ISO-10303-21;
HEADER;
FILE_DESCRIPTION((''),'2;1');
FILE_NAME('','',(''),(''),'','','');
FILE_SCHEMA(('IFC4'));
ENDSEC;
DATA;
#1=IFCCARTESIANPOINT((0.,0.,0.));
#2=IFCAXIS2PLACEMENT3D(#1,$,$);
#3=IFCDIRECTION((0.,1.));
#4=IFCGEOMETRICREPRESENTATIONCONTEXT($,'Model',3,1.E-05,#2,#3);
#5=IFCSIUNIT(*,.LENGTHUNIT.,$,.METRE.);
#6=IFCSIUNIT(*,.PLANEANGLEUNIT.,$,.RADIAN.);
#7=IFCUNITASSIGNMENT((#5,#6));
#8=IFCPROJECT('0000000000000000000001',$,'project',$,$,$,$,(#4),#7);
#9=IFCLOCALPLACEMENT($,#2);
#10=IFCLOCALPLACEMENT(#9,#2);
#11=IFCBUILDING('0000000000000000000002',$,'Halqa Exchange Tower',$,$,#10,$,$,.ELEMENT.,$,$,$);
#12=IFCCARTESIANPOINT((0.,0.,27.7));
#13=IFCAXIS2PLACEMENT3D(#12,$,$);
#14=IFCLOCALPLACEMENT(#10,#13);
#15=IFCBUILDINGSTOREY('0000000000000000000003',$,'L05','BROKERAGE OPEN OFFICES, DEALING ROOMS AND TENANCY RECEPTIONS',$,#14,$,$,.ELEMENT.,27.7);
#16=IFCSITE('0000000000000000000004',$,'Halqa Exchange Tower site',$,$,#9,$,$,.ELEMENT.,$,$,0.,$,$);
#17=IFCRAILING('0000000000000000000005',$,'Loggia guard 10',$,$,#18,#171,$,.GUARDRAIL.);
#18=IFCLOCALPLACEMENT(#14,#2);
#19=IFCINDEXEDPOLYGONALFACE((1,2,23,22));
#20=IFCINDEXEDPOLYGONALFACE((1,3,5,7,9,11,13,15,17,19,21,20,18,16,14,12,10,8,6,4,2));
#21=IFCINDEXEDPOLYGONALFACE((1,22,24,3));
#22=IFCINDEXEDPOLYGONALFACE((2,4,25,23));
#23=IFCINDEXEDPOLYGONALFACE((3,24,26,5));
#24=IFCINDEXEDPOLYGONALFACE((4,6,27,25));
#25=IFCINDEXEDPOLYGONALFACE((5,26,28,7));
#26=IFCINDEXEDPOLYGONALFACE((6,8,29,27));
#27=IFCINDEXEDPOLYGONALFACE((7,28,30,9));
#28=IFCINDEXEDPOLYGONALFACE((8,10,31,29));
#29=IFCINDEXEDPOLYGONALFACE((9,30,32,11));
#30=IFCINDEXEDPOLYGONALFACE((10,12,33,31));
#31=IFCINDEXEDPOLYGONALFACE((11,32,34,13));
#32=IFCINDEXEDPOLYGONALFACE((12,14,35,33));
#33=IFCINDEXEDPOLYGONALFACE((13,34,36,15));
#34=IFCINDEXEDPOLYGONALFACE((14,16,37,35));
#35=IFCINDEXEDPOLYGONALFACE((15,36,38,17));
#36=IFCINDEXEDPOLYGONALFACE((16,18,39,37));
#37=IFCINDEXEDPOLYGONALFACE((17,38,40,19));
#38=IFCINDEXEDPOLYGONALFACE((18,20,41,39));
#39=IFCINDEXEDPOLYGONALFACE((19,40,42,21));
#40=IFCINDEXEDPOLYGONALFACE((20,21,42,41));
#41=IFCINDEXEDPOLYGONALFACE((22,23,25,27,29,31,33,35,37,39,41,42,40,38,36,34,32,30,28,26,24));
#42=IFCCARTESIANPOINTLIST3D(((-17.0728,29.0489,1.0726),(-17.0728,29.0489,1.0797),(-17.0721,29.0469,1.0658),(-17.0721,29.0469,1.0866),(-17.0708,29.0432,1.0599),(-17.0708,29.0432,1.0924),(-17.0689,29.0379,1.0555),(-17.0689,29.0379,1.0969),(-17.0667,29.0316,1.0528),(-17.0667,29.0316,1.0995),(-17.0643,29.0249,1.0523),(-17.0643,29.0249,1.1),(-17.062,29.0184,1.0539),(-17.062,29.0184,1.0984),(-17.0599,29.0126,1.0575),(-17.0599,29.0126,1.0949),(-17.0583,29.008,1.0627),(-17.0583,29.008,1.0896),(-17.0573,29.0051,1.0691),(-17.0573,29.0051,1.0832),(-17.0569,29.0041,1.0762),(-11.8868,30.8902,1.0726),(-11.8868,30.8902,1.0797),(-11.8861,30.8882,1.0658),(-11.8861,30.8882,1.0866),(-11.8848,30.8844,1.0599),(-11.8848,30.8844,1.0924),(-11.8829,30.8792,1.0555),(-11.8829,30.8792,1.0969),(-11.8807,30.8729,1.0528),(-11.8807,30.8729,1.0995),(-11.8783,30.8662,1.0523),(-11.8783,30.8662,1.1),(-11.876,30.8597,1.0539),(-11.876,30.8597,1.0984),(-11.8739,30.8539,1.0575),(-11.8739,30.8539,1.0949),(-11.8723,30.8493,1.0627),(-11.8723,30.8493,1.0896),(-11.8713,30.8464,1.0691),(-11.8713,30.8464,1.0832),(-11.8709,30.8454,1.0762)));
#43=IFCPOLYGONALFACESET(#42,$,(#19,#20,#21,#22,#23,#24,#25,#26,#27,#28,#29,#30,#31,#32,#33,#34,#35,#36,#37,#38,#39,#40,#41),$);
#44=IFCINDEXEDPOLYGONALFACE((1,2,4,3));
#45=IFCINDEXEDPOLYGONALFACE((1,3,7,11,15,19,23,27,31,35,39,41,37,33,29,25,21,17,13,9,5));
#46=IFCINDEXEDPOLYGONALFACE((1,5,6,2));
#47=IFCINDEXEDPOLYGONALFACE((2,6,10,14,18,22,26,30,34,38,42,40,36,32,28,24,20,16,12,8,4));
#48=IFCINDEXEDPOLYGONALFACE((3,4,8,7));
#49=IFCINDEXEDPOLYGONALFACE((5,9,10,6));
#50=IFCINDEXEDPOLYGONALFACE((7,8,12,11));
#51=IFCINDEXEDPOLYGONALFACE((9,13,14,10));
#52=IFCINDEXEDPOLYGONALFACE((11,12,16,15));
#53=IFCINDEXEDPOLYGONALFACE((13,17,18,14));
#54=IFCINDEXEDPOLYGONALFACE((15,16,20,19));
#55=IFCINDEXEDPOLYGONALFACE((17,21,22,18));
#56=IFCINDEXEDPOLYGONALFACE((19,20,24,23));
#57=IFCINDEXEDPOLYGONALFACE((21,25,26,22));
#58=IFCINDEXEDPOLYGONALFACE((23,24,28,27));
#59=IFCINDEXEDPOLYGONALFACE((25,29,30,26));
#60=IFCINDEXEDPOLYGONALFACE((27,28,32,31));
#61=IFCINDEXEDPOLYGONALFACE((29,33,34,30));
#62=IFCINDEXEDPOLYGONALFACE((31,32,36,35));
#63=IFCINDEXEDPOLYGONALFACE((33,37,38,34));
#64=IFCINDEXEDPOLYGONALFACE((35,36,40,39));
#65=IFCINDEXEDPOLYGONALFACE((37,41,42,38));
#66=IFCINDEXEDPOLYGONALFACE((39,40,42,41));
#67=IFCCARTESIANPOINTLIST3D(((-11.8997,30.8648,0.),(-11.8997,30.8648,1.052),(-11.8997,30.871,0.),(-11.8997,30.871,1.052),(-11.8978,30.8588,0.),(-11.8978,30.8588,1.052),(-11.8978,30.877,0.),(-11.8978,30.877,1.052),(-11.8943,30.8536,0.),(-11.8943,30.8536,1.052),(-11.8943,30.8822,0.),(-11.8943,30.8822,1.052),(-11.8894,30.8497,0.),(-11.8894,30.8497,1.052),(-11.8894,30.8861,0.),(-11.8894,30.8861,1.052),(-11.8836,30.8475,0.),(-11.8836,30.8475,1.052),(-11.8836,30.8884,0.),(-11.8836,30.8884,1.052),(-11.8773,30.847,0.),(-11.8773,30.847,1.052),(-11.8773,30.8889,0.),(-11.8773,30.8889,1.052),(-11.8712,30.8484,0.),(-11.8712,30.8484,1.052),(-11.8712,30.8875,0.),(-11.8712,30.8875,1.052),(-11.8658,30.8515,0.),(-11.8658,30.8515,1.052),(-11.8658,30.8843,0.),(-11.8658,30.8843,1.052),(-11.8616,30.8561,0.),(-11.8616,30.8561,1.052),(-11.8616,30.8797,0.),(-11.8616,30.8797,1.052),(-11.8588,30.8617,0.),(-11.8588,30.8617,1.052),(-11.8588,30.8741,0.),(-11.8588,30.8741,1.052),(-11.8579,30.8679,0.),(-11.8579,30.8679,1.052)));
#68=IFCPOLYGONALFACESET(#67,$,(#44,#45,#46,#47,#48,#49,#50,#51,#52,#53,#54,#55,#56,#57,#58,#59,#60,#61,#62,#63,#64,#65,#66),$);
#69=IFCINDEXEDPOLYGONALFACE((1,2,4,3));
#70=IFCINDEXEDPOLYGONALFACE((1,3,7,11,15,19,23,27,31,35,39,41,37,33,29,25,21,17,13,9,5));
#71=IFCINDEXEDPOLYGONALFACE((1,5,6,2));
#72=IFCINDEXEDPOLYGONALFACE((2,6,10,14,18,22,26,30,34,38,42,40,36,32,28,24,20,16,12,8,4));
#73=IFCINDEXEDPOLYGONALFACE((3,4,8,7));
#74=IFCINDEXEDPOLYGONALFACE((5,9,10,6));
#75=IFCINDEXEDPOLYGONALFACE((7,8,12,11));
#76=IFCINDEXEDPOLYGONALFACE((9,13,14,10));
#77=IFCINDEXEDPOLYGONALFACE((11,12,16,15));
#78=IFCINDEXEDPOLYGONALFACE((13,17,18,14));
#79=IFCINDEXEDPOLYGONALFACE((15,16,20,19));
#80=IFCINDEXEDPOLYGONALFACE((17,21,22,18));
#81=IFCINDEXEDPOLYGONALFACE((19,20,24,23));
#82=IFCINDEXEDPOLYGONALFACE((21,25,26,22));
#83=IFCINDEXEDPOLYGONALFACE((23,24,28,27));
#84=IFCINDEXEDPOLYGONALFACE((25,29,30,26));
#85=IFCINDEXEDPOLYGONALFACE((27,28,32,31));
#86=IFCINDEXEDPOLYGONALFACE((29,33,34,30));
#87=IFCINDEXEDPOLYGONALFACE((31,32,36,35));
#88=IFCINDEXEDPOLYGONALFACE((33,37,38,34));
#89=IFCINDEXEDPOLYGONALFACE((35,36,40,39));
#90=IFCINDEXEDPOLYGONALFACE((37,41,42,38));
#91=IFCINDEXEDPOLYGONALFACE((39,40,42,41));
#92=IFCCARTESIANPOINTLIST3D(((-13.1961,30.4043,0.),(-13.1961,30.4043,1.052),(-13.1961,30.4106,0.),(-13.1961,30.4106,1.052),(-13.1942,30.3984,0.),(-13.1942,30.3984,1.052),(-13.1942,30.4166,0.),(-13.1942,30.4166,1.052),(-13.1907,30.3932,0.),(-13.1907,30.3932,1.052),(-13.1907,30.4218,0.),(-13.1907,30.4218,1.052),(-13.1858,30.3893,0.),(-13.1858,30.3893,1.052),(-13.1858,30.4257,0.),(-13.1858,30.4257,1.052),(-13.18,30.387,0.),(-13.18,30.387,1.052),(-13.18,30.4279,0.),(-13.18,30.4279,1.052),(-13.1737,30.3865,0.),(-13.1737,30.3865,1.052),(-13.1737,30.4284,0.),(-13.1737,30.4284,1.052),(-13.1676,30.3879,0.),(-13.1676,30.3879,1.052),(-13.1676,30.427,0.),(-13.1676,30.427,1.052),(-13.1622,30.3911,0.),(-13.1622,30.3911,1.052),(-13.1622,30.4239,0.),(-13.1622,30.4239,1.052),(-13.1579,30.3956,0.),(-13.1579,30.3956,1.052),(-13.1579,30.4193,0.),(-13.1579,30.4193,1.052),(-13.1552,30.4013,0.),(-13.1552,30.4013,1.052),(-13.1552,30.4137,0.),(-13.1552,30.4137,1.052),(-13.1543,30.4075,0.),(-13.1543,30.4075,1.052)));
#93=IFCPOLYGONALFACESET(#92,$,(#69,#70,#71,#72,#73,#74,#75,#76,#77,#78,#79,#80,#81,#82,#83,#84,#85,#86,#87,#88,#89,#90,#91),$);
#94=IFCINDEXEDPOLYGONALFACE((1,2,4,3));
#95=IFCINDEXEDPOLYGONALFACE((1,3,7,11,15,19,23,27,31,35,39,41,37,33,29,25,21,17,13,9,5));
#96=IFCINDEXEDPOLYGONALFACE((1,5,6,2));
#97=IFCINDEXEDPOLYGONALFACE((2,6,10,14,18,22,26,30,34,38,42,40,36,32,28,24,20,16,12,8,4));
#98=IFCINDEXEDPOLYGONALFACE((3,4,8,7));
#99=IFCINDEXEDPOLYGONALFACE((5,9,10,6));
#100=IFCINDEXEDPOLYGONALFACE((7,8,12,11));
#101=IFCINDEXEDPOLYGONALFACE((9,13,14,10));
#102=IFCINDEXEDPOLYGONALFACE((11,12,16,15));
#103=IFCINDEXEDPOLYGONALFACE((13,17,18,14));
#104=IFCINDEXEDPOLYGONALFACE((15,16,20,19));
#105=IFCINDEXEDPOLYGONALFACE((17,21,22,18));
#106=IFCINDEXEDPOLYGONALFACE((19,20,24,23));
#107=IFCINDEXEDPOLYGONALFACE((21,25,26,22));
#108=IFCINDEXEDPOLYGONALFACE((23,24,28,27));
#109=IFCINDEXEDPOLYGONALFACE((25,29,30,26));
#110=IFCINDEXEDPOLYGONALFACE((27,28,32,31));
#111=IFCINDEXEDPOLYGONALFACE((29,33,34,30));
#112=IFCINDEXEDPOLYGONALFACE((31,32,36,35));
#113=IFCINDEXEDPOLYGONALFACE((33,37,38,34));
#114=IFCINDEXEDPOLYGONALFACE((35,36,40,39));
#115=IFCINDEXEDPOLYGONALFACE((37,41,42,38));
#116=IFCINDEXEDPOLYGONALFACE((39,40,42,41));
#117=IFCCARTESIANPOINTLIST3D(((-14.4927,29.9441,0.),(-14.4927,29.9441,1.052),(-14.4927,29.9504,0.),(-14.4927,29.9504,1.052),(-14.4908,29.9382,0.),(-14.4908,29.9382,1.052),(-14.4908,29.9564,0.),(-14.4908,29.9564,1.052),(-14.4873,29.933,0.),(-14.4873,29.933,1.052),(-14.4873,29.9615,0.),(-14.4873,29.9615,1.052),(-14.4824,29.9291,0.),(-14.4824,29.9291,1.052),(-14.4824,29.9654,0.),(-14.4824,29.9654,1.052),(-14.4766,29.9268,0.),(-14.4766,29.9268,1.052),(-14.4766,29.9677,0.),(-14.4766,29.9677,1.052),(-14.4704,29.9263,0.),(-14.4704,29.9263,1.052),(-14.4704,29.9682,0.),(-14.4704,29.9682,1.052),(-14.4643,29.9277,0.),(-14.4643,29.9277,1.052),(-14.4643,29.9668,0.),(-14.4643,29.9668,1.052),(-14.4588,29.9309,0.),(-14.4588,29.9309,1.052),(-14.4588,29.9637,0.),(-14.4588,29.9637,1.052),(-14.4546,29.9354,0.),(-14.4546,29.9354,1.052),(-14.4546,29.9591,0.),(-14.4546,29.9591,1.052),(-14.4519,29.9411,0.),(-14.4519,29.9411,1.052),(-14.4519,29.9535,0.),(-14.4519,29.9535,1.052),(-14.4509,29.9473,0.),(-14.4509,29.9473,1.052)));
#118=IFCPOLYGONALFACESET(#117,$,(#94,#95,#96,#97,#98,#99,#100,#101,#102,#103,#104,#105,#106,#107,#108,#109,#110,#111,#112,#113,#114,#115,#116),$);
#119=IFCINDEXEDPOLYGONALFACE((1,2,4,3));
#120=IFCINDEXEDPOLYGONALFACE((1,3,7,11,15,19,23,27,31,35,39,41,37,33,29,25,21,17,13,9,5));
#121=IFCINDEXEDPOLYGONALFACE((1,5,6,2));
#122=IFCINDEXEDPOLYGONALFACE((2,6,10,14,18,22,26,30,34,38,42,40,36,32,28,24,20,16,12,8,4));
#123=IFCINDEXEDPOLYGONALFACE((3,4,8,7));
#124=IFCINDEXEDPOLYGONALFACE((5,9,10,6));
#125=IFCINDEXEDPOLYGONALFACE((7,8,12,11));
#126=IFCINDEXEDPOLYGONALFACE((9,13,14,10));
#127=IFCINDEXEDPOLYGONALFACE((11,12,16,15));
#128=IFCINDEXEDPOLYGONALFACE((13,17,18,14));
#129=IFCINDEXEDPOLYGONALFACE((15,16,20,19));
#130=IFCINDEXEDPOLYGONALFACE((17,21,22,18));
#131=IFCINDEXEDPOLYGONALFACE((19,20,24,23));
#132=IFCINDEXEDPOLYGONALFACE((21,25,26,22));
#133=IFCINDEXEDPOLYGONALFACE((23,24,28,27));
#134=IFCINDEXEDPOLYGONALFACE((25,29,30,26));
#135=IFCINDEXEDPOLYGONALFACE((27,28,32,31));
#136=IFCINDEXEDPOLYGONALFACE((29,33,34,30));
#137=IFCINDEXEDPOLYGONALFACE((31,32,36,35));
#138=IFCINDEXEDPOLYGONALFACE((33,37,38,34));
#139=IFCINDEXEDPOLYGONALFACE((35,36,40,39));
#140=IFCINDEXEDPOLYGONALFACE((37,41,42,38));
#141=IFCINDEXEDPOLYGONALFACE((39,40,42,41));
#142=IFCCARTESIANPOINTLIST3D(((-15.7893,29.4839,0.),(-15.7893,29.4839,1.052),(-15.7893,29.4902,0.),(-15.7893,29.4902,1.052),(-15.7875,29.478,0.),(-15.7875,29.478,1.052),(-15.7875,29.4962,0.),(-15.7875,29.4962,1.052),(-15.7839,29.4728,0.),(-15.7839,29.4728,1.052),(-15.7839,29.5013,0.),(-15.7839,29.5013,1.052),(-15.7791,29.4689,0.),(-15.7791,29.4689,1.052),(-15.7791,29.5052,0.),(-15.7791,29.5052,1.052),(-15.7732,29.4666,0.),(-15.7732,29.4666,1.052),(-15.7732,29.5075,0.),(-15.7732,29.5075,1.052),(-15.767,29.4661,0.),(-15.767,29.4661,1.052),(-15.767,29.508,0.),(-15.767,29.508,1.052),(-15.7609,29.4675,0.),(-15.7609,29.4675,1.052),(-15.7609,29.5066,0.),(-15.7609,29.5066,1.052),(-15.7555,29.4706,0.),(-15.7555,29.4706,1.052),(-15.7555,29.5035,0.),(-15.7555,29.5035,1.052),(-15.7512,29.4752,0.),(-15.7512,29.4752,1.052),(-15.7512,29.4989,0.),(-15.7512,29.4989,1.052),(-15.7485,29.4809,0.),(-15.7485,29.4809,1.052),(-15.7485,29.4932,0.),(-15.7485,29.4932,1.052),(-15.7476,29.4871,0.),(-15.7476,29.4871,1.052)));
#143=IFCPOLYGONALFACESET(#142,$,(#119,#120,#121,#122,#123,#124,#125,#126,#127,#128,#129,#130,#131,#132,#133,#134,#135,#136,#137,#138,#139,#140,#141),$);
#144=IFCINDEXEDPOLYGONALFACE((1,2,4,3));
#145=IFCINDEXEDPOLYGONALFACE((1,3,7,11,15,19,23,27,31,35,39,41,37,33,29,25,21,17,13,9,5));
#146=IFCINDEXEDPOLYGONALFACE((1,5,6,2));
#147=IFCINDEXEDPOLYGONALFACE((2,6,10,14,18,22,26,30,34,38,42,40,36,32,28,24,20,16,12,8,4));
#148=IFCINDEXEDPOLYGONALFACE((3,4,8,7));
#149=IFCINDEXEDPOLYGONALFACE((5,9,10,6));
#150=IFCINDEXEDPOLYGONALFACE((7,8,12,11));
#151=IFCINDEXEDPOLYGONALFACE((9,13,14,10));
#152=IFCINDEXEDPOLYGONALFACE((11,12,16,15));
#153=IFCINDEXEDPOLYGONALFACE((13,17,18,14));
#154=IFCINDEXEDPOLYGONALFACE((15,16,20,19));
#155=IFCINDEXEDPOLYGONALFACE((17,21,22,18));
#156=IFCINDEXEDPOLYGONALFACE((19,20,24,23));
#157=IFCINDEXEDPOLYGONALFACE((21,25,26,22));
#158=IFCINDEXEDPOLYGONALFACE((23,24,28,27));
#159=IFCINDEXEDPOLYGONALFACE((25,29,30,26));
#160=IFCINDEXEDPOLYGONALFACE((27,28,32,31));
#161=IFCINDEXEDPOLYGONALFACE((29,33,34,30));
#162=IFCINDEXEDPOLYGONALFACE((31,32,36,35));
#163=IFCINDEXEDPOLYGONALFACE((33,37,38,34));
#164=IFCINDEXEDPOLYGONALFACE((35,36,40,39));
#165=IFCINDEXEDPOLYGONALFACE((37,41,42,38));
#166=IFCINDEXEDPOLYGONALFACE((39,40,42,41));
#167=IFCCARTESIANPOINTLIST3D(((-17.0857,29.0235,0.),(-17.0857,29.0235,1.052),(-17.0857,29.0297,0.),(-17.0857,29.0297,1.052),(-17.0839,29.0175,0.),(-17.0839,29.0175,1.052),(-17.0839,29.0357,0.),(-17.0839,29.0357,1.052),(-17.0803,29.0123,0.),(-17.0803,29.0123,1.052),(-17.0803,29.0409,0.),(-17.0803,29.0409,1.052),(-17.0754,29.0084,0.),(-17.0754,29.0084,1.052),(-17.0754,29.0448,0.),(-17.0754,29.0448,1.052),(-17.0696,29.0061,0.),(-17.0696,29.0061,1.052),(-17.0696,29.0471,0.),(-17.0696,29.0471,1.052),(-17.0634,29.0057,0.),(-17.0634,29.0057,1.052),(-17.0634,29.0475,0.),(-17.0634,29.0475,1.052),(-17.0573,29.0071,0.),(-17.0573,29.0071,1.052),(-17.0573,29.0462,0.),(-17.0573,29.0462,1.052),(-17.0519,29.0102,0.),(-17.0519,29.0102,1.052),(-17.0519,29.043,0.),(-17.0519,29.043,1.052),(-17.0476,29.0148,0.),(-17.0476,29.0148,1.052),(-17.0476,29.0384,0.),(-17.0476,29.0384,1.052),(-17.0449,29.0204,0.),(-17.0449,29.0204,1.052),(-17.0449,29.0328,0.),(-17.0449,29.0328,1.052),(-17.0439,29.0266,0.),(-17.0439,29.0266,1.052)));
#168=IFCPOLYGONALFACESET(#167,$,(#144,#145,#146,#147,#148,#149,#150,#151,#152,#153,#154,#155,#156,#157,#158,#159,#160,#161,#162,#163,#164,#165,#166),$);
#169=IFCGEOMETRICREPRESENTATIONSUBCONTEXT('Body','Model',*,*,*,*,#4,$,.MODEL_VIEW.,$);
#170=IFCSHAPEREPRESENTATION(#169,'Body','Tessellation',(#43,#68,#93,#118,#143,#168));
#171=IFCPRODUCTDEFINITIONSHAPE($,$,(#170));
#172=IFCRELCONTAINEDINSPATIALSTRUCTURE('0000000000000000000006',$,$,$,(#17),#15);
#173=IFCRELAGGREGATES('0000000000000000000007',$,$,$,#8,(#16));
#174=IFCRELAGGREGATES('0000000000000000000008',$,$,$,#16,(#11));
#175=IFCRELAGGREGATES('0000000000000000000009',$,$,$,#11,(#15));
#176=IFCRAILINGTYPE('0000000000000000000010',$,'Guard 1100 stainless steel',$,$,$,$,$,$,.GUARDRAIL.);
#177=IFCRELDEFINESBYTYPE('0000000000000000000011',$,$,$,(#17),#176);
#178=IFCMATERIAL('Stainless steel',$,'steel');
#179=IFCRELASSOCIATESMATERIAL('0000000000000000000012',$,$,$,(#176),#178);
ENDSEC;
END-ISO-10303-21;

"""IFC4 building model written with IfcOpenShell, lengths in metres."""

from ifc_helpers import new_model, si_unit, direction, frame, origin, origin_2d, place, context, subcontext, project, spatial, circle, extrude, material, type_object, element, save


model = new_model("IFC4")

# Units and contexts
model_context = context("Model", 3, precision=1e-05, world=origin(), true_north=direction((0.0, 1.0)))
body_context = subcontext(model_context, "Body", "Model", "MODEL_VIEW")
ifc_project = project(units=[si_unit("LENGTHUNIT", "METRE"), si_unit("PLANEANGLEUNIT", "RADIAN")], contexts=[model_context])

# Site, building, storey
site_placement = place(None, origin())
site = spatial("IfcSite", under=ifc_project, at=site_placement, Name="Halqa Exchange Tower site", CompositionType="ELEMENT", RefElevation=0.0)
building_placement = place(site_placement, origin())
building = spatial("IfcBuilding", under=site, at=building_placement, Name="Halqa Exchange Tower", CompositionType="ELEMENT")
storey_placement = place(building_placement, frame((0.0, 0.0, 27.7)))
storey = spatial("IfcBuildingStorey", under=building, at=storey_placement, Name="L05", Description="BROKERAGE OPEN OFFICES, DEALING ROOMS AND TENANCY RECEPTIONS", CompositionType="ELEMENT", Elevation=27.7)

# Railing
ifc_material_1 = material(Name="Stainless steel", Category="steel")
railing_type_1 = type_object("IfcRailingType", Name="Guard 1100 stainless steel", PredefinedType="GUARDRAIL", material=ifc_material_1)
railing_1_placement = place(storey_placement, frame((-11.8789, 30.8679, 0.0)))
element("IfcRailing", 1, at=railing_1_placement, inside=storey, type_object=railing_type_1, Name="Loggia guard 10", PredefinedType="GUARDRAIL", context=body_context, shape_type="SweptSolid", body=[
    extrude(circle(Radius=0.0239, at=origin_2d()), frame((0.0, 0.0, 1.0762), z_axis=(-0.942365, -0.334588, 0.0), x_axis=(0.334588, -0.942365, 0.0)), (0.0, 0.0, 1.0), 5.5032),
    extrude(circle(Radius=0.021, at=origin_2d()), origin(), (0.0, 0.0, 1.0), 1.052),
    extrude(circle(Radius=0.021, at=origin_2d()), frame((-1.2964, -0.4604, 0.0)), (0.0, 0.0, 1.0), 1.052),
    extrude(circle(Radius=0.021, at=origin_2d()), frame((-2.593, -0.9207, 0.0)), (0.0, 0.0, 1.0), 1.052),
    extrude(circle(Radius=0.021, at=origin_2d()), frame((-3.8896, -1.3809, 0.0)), (0.0, 0.0, 1.0), 1.052),
    extrude(circle(Radius=0.021, at=origin_2d()), frame((-5.186, -1.8413, 0.0)), (0.0, 0.0, 1.0), 1.052),
])

save(model, "model.ifc")
